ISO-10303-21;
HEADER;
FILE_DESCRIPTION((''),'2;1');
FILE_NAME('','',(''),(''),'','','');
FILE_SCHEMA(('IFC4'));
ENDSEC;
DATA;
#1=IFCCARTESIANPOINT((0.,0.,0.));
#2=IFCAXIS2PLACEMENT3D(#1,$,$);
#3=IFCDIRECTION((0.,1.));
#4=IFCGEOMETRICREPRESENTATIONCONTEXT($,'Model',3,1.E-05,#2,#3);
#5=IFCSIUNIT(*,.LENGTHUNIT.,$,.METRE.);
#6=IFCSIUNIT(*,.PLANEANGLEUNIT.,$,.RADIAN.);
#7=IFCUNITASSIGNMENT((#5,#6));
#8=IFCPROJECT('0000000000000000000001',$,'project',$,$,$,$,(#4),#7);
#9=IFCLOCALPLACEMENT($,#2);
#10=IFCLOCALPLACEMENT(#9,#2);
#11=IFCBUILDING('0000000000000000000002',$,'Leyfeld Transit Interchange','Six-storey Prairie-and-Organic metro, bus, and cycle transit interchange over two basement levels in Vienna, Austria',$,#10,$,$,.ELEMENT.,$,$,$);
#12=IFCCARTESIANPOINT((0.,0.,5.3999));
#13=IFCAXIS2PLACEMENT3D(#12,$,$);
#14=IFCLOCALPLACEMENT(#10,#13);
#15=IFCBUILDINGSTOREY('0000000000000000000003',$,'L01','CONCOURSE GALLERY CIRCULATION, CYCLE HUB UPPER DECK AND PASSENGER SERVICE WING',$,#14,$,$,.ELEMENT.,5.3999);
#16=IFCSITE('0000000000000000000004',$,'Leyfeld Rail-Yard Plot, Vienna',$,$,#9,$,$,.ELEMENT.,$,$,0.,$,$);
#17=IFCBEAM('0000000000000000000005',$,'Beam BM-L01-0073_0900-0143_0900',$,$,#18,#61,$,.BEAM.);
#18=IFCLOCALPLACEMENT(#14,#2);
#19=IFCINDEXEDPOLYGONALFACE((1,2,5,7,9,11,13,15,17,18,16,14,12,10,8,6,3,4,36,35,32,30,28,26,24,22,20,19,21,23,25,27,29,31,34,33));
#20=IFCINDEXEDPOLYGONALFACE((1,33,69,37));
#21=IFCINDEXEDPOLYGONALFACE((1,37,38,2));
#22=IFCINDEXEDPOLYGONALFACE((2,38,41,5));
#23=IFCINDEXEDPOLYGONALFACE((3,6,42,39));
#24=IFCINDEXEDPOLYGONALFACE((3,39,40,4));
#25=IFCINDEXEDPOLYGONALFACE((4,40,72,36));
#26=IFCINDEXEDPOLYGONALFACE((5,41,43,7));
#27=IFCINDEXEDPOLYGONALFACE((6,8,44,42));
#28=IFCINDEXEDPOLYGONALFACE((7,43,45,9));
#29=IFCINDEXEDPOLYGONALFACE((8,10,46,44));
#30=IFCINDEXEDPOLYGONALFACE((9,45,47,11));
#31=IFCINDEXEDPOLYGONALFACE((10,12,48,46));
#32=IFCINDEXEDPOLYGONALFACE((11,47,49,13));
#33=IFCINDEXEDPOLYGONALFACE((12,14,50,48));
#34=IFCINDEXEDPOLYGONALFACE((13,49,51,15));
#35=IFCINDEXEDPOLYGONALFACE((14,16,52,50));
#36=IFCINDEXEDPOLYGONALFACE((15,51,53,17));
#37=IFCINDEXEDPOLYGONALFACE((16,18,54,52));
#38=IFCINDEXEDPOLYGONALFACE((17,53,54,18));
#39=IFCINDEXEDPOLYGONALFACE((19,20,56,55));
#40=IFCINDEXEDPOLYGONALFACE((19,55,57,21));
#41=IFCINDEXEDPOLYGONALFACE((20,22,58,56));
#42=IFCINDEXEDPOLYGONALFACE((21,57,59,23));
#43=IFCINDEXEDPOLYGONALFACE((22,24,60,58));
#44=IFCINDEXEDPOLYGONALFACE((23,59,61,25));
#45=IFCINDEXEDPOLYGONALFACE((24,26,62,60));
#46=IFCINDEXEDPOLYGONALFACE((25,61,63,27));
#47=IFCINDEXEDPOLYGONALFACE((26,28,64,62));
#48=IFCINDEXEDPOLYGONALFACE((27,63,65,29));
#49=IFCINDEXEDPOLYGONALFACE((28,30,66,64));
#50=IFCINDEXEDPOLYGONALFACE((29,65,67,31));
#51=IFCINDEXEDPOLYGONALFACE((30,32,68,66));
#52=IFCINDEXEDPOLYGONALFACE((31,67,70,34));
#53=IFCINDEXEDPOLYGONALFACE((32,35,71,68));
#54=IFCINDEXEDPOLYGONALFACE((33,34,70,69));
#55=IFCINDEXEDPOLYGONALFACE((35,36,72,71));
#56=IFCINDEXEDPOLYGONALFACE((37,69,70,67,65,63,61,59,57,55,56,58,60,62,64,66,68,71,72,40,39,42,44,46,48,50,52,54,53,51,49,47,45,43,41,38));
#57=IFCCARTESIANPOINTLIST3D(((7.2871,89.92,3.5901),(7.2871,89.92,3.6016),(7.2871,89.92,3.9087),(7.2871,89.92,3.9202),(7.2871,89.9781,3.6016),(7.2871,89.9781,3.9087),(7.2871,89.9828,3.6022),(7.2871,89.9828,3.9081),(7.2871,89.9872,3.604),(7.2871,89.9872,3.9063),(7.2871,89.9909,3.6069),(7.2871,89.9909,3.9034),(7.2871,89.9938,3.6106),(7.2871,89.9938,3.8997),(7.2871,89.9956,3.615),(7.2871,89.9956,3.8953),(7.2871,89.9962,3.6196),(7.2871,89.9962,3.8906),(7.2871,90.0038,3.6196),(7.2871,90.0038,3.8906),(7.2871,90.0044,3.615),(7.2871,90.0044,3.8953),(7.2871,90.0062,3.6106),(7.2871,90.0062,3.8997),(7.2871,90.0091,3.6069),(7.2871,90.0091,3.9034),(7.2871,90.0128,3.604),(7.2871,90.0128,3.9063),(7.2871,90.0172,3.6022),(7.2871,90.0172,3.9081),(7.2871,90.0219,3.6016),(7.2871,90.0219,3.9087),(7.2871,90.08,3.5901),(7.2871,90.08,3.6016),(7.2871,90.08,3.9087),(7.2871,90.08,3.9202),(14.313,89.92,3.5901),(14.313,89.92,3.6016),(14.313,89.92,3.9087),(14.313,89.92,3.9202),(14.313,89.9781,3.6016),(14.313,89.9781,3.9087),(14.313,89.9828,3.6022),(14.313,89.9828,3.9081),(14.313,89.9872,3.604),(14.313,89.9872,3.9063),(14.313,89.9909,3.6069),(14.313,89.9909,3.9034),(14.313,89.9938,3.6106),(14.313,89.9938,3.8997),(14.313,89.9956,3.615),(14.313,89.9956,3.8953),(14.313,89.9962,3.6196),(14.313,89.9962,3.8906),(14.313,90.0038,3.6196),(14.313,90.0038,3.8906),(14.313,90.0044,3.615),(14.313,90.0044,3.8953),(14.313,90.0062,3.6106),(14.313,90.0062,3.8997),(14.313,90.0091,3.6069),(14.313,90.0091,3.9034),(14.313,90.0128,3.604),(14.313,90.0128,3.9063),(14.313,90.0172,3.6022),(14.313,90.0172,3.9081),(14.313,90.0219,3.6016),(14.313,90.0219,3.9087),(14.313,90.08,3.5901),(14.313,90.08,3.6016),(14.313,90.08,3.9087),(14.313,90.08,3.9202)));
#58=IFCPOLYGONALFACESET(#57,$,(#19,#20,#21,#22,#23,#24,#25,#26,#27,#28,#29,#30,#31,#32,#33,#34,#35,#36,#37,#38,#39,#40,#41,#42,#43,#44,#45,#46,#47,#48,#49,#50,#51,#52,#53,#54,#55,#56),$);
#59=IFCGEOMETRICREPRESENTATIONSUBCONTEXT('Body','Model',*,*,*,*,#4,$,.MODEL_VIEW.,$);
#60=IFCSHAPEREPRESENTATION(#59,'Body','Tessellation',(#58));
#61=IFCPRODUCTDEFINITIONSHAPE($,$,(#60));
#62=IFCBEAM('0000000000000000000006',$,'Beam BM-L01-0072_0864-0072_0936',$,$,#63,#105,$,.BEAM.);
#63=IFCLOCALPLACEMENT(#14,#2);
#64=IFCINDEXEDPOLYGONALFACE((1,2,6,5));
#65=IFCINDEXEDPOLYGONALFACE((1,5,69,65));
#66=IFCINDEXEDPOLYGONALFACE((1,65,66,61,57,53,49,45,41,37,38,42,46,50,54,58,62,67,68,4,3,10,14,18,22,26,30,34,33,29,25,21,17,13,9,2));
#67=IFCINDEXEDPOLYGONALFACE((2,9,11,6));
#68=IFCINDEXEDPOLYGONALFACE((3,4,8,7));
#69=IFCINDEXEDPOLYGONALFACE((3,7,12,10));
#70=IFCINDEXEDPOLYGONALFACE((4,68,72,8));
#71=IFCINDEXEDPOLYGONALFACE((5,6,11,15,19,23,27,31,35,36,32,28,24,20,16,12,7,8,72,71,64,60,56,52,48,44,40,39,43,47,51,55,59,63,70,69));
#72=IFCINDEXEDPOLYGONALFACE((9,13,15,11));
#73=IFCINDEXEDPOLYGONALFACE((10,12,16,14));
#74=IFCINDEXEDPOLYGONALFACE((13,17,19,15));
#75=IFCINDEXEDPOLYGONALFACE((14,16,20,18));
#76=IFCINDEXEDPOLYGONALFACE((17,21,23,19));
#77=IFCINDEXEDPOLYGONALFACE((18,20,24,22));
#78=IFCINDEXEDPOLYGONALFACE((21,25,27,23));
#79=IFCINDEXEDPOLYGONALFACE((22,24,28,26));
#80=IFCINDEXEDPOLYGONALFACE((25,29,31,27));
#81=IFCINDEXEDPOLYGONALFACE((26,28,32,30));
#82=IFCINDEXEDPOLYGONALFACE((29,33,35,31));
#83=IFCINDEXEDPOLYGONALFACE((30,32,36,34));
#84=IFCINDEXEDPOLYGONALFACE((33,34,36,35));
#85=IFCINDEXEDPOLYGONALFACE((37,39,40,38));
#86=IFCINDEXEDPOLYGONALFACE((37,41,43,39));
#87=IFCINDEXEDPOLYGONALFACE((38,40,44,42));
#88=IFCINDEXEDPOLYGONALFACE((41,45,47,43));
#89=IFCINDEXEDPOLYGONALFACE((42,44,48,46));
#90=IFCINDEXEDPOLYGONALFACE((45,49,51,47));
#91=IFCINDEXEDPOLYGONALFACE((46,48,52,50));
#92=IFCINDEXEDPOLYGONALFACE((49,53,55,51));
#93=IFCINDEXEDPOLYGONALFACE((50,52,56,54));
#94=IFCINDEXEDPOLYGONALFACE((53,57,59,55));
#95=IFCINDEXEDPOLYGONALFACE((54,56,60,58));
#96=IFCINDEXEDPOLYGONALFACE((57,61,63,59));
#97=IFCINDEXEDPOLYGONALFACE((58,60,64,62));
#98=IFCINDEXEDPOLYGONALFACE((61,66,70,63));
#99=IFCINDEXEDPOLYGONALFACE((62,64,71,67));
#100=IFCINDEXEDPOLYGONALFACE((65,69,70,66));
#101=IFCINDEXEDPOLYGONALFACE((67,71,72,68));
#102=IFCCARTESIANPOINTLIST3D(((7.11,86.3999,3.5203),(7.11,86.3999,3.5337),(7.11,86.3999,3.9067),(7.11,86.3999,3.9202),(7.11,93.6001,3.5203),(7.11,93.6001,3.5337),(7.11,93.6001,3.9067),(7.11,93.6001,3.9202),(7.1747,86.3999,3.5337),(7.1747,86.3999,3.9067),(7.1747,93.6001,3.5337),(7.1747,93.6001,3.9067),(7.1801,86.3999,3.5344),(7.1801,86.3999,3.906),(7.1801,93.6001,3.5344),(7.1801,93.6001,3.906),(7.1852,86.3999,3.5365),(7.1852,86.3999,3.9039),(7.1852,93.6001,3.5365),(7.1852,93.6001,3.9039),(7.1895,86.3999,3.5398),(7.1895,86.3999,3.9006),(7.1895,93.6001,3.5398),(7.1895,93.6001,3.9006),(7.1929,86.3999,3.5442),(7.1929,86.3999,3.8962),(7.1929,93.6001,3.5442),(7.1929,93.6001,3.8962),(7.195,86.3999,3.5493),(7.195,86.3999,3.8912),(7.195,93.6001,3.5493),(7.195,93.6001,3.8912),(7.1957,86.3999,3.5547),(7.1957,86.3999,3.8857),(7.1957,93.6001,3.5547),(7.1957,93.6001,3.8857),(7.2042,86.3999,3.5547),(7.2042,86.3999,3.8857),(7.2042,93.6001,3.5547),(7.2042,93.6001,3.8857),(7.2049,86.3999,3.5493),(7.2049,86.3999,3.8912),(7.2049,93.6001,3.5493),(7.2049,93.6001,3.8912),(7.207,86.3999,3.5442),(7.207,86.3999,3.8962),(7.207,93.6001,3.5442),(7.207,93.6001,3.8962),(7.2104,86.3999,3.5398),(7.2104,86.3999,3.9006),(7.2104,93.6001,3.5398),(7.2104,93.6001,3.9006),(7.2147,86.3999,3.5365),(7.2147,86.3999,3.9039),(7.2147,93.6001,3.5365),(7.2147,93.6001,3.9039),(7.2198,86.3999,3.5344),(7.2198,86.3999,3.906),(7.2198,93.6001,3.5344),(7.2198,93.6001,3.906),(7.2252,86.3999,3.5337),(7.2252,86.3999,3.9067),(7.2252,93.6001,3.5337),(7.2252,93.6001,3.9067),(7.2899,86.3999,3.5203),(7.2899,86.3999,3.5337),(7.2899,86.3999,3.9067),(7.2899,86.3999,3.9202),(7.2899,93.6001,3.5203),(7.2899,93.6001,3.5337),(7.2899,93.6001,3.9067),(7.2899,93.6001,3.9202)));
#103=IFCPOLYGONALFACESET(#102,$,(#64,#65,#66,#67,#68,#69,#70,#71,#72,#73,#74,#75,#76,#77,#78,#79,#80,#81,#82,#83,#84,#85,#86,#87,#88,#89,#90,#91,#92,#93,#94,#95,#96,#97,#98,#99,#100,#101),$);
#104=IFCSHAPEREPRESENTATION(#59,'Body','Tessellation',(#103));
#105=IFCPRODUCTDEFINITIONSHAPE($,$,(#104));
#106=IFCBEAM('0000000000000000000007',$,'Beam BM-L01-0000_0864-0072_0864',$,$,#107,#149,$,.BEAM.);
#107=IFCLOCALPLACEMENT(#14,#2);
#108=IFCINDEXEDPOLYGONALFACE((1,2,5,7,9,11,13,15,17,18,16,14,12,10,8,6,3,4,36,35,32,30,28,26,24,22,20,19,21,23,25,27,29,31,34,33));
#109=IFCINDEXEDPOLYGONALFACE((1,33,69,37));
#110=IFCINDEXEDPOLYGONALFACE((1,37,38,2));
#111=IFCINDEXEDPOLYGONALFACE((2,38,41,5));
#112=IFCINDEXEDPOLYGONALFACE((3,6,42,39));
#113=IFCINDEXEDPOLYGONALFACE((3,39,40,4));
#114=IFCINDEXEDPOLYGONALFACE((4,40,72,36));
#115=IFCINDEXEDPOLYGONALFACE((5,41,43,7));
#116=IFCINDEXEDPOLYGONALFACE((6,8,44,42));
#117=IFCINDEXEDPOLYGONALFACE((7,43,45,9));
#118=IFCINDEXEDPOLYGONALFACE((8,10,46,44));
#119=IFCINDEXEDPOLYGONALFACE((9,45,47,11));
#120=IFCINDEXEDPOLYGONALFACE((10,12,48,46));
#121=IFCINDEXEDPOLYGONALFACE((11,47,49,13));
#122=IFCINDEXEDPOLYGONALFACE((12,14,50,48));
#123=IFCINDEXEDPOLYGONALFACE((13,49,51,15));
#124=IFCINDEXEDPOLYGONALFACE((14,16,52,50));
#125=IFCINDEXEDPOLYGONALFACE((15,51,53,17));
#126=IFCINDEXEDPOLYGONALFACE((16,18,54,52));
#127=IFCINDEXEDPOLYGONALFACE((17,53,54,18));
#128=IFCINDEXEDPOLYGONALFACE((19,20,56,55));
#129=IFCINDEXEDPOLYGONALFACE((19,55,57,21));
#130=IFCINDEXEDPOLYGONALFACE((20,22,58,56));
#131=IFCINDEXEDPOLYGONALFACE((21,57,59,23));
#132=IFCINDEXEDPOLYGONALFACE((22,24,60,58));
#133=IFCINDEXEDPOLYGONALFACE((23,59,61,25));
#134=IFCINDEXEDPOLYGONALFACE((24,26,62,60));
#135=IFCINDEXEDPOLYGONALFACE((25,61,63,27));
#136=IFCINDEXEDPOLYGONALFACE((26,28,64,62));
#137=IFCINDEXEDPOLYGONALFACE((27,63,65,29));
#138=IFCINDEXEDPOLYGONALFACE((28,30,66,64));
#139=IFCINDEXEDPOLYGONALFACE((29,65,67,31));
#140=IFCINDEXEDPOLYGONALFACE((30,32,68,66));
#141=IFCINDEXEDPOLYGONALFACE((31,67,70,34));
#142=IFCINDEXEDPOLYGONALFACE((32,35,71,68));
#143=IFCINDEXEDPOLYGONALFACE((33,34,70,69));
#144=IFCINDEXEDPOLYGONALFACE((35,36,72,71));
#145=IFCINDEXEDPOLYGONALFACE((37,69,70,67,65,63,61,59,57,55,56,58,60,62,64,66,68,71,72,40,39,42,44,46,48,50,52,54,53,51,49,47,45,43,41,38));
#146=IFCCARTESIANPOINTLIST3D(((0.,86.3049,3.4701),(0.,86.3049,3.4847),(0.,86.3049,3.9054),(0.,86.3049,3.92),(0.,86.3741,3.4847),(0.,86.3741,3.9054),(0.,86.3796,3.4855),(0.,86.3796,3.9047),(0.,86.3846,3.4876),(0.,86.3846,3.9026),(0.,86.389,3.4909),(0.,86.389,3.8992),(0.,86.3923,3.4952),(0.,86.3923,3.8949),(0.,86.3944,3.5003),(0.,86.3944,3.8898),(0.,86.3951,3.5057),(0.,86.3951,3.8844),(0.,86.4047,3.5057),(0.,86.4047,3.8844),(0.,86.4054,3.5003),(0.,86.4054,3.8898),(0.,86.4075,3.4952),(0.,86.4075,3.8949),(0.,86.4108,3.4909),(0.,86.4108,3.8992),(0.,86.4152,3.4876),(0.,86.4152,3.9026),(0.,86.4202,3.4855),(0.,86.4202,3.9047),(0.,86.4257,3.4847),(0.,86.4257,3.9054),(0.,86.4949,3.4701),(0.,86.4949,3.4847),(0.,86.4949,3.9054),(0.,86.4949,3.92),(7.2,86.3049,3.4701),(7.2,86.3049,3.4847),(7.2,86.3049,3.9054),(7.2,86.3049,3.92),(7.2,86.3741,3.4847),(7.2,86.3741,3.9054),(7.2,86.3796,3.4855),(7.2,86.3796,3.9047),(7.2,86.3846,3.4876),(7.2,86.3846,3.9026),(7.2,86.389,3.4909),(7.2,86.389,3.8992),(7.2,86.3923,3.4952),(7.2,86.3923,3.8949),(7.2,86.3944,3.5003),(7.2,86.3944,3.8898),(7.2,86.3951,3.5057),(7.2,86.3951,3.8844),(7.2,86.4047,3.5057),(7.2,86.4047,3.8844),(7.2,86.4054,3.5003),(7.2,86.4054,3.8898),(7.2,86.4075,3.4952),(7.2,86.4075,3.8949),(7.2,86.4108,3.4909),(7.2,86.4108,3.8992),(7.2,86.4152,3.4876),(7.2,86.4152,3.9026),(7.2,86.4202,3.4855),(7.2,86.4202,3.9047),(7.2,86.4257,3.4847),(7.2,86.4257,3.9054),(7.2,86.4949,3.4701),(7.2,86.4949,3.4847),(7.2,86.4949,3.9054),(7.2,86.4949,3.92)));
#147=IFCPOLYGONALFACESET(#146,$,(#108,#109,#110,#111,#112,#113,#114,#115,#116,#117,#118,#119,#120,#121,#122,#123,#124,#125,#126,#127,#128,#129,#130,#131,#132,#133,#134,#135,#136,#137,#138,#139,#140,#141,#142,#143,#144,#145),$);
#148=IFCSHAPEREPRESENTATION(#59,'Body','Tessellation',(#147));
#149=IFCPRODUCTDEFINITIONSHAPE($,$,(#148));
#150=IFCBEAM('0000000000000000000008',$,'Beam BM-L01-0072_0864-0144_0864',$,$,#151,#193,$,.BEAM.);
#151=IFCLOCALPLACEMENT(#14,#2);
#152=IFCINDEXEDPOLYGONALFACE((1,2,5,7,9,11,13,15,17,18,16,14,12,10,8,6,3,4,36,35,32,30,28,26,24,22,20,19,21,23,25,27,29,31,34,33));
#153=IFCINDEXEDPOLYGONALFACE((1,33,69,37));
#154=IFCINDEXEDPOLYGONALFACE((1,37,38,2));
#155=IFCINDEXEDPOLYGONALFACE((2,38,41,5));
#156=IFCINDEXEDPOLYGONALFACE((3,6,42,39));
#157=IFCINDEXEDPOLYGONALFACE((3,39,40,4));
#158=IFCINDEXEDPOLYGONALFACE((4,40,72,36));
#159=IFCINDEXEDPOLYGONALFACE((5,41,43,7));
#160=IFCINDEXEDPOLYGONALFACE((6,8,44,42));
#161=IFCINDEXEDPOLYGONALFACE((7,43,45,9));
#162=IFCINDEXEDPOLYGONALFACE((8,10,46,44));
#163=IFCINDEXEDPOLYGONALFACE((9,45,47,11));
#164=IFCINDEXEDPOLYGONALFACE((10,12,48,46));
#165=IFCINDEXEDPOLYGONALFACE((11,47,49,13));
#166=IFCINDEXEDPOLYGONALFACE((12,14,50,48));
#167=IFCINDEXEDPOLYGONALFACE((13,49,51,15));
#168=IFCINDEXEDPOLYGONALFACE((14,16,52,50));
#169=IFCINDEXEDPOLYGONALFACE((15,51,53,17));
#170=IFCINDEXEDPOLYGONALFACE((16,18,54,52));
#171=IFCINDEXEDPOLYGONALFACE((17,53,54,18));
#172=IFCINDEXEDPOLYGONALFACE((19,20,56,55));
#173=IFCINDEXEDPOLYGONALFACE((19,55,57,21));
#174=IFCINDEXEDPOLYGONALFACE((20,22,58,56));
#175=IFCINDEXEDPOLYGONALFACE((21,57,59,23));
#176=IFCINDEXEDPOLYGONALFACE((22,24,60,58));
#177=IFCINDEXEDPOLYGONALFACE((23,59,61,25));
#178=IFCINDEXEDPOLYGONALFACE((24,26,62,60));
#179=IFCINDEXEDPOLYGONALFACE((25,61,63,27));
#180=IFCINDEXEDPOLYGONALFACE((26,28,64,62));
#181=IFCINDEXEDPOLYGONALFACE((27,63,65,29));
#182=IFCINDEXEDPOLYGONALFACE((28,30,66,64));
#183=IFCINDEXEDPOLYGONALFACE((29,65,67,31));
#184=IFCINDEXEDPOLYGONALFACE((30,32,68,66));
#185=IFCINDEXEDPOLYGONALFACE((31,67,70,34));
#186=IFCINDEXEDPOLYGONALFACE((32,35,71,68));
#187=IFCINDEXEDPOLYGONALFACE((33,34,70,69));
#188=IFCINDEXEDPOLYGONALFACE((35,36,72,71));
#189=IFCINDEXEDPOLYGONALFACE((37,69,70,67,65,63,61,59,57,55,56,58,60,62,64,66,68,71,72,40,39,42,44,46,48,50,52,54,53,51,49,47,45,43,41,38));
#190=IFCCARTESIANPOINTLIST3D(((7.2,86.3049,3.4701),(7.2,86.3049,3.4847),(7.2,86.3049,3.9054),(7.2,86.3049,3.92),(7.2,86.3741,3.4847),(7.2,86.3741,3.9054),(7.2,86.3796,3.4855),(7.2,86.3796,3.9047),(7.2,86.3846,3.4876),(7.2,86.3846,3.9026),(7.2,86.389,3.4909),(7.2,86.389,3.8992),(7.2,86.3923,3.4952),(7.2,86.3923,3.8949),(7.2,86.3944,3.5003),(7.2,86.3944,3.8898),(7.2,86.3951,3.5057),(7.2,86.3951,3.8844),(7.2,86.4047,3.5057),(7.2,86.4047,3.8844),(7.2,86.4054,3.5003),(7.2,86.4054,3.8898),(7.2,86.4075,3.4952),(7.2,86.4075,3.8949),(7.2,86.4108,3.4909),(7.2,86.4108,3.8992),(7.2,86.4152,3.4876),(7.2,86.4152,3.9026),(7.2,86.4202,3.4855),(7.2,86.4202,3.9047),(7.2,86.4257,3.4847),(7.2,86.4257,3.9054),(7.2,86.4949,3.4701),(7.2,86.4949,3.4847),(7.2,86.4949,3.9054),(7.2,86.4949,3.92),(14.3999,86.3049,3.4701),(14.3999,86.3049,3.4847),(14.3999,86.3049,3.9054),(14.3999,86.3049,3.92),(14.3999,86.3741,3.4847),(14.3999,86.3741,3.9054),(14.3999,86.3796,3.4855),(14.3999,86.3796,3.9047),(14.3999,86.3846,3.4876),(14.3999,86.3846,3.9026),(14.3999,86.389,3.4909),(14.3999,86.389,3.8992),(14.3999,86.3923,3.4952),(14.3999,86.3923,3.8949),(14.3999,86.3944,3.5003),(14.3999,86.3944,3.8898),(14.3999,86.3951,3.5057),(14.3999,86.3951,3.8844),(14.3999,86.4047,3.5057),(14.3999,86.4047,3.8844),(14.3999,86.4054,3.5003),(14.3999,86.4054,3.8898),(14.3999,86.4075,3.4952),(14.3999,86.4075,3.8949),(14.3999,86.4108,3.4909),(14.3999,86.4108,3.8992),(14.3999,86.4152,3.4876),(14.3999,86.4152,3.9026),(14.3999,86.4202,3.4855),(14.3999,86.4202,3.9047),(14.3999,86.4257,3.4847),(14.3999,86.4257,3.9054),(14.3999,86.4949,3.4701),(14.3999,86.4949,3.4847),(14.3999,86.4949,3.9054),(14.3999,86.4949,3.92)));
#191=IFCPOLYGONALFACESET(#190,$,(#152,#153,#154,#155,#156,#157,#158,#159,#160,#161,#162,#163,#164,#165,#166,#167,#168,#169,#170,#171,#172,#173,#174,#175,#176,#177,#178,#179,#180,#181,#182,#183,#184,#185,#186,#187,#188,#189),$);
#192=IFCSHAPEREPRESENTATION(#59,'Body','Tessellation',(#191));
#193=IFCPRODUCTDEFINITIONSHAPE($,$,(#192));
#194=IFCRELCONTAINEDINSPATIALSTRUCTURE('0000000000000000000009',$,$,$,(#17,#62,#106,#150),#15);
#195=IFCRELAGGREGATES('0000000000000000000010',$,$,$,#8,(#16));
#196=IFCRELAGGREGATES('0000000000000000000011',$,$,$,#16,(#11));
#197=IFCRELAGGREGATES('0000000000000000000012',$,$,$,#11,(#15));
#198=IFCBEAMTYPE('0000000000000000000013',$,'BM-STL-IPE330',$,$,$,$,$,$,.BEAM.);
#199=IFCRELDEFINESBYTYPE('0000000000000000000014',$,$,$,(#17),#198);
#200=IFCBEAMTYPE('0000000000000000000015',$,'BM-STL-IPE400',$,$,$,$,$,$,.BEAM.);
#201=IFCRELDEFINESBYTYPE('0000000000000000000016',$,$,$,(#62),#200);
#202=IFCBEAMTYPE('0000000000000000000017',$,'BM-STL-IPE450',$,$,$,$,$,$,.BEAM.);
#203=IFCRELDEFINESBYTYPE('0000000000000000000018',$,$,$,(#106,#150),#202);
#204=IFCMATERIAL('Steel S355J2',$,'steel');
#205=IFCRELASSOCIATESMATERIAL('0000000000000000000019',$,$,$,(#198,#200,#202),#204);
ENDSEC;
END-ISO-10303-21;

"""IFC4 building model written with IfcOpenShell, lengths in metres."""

from ifc_helpers import new_model, si_unit, direction, frame, origin, origin_2d, place, context, subcontext, project, spatial, i_section, extrude, material, material_profile, profile_set, type_object, element, save


model = new_model("IFC4")

# Units and contexts
model_context = context("Model", 3, precision=1e-05, world=origin(), true_north=direction((0.0, 1.0)))
body_context = subcontext(model_context, "Body", "Model", "MODEL_VIEW")
ifc_project = project(units=[si_unit("LENGTHUNIT", "METRE"), si_unit("PLANEANGLEUNIT", "RADIAN")], contexts=[model_context])

# Site, building, storey
site_placement = place(None, origin())
site = spatial("IfcSite", under=ifc_project, at=site_placement, Name="Leyfeld Rail-Yard Plot, Vienna", CompositionType="ELEMENT", RefElevation=0.0)
building_placement = place(site_placement, origin())
building = spatial("IfcBuilding", under=site, at=building_placement, Name="Leyfeld Transit Interchange", Description="Six-storey Prairie-and-Organic metro, bus, and cycle transit interchange over two basement levels in Vienna, Austria", CompositionType="ELEMENT")
storey_placement = place(building_placement, frame((0.0, 0.0, 5.3999)))
storey = spatial("IfcBuildingStorey", under=building, at=storey_placement, Name="L01", Description="CONCOURSE GALLERY CIRCULATION, CYCLE HUB UPPER DECK AND PASSENGER SERVICE WING", CompositionType="ELEMENT", Elevation=5.3999)

# Beams
ifc_material_1 = material(Name="Steel S355J2", Category="steel")
ifc_material_profile_1 = material_profile(ifc_material_1, i_section(OverallWidth=0.1599, OverallDepth=0.3301, WebThickness=0.0076, FlangeThickness=0.0115, FilletRadius=0.0181, at=origin_2d()), Name="IPE 330")
ifc_profile_set_1 = profile_set([ifc_material_profile_1], Name="Steel S355J2")
beam_type_1 = type_object("IfcBeamType", Name="BM-STL-IPE330", PredefinedType="BEAM", material=ifc_profile_set_1)
beam_1_placement = place(storey_placement, frame((7.2871, 90.0, 3.7551), z_axis=(1.0, 0.0, 0.0), x_axis=(0.0, 1.0, 0.0)))
element("IfcBeam", 1, at=beam_1_placement, inside=storey, type_object=beam_type_1, Name="Beam BM-L01-0073_0900-0143_0900", PredefinedType="BEAM", context=body_context, shape_type="SweptSolid", body=[
    extrude(i_section(OverallWidth=0.1599, OverallDepth=0.3301, WebThickness=0.0076, FlangeThickness=0.0115, FilletRadius=0.0181, at=origin_2d()), origin(), (0.0, 0.0, 1.0), 7.0259),
])
ifc_material_profile_2 = material_profile(ifc_material_1, i_section(OverallWidth=0.1799, OverallDepth=0.3999, WebThickness=0.0085, FlangeThickness=0.0134, FilletRadius=0.021, at=origin_2d()), Name="IPE 400")
ifc_profile_set_2 = profile_set([ifc_material_profile_2], Name="Steel S355J2")
beam_type_2 = type_object("IfcBeamType", Name="BM-STL-IPE400", PredefinedType="BEAM", material=ifc_profile_set_2)
beam_2_placement = place(storey_placement, frame((7.2, 86.3999, 3.7202), z_axis=(0.0, 1.0, 0.0), x_axis=(-1.0, 0.0, 0.0)))
element("IfcBeam", 2, at=beam_2_placement, inside=storey, type_object=beam_type_2, Name="Beam BM-L01-0072_0864-0072_0936", PredefinedType="BEAM", context=body_context, shape_type="SweptSolid", body=[
    extrude(i_section(OverallWidth=0.1799, OverallDepth=0.3999, WebThickness=0.0085, FlangeThickness=0.0134, FilletRadius=0.021, at=origin_2d()), origin(), (0.0, 0.0, 1.0), 7.2002),
])
ifc_material_profile_3 = material_profile(ifc_material_1, i_section(OverallWidth=0.1899, OverallDepth=0.45, WebThickness=0.0095, FlangeThickness=0.0146, FilletRadius=0.021, at=origin_2d()), Name="IPE 450")
ifc_profile_set_3 = profile_set([ifc_material_profile_3], Name="Steel S355J2")
beam_type_3 = type_object("IfcBeamType", Name="BM-STL-IPE450", PredefinedType="BEAM", material=ifc_profile_set_3)
for number, where, z_axis, x_axis, name in (
    (3, (0.0, 86.3999, 3.6951), (1.0, 0.0, 0.0), (0.0, 1.0, 0.0), "Beam BM-L01-0000_0864-0072_0864"),
    (4, (7.2, 86.3999, 3.6951), (1.0, 0.0, 0.0), (0.0, 1.0, 0.0), "Beam BM-L01-0072_0864-0144_0864"),
):
    element("IfcBeam", number, at=place(storey_placement, frame(where, z_axis=z_axis, x_axis=x_axis)), inside=storey, type_object=beam_type_3, Name=name, PredefinedType="BEAM", context=body_context, shape_type="SweptSolid", body=[
        extrude(i_section(OverallWidth=0.1899, OverallDepth=0.45, WebThickness=0.0095, FlangeThickness=0.0146, FilletRadius=0.021, at=origin_2d()), origin(), (0.0, 0.0, 1.0), 7.2),
    ])

save(model, "model.ifc")
